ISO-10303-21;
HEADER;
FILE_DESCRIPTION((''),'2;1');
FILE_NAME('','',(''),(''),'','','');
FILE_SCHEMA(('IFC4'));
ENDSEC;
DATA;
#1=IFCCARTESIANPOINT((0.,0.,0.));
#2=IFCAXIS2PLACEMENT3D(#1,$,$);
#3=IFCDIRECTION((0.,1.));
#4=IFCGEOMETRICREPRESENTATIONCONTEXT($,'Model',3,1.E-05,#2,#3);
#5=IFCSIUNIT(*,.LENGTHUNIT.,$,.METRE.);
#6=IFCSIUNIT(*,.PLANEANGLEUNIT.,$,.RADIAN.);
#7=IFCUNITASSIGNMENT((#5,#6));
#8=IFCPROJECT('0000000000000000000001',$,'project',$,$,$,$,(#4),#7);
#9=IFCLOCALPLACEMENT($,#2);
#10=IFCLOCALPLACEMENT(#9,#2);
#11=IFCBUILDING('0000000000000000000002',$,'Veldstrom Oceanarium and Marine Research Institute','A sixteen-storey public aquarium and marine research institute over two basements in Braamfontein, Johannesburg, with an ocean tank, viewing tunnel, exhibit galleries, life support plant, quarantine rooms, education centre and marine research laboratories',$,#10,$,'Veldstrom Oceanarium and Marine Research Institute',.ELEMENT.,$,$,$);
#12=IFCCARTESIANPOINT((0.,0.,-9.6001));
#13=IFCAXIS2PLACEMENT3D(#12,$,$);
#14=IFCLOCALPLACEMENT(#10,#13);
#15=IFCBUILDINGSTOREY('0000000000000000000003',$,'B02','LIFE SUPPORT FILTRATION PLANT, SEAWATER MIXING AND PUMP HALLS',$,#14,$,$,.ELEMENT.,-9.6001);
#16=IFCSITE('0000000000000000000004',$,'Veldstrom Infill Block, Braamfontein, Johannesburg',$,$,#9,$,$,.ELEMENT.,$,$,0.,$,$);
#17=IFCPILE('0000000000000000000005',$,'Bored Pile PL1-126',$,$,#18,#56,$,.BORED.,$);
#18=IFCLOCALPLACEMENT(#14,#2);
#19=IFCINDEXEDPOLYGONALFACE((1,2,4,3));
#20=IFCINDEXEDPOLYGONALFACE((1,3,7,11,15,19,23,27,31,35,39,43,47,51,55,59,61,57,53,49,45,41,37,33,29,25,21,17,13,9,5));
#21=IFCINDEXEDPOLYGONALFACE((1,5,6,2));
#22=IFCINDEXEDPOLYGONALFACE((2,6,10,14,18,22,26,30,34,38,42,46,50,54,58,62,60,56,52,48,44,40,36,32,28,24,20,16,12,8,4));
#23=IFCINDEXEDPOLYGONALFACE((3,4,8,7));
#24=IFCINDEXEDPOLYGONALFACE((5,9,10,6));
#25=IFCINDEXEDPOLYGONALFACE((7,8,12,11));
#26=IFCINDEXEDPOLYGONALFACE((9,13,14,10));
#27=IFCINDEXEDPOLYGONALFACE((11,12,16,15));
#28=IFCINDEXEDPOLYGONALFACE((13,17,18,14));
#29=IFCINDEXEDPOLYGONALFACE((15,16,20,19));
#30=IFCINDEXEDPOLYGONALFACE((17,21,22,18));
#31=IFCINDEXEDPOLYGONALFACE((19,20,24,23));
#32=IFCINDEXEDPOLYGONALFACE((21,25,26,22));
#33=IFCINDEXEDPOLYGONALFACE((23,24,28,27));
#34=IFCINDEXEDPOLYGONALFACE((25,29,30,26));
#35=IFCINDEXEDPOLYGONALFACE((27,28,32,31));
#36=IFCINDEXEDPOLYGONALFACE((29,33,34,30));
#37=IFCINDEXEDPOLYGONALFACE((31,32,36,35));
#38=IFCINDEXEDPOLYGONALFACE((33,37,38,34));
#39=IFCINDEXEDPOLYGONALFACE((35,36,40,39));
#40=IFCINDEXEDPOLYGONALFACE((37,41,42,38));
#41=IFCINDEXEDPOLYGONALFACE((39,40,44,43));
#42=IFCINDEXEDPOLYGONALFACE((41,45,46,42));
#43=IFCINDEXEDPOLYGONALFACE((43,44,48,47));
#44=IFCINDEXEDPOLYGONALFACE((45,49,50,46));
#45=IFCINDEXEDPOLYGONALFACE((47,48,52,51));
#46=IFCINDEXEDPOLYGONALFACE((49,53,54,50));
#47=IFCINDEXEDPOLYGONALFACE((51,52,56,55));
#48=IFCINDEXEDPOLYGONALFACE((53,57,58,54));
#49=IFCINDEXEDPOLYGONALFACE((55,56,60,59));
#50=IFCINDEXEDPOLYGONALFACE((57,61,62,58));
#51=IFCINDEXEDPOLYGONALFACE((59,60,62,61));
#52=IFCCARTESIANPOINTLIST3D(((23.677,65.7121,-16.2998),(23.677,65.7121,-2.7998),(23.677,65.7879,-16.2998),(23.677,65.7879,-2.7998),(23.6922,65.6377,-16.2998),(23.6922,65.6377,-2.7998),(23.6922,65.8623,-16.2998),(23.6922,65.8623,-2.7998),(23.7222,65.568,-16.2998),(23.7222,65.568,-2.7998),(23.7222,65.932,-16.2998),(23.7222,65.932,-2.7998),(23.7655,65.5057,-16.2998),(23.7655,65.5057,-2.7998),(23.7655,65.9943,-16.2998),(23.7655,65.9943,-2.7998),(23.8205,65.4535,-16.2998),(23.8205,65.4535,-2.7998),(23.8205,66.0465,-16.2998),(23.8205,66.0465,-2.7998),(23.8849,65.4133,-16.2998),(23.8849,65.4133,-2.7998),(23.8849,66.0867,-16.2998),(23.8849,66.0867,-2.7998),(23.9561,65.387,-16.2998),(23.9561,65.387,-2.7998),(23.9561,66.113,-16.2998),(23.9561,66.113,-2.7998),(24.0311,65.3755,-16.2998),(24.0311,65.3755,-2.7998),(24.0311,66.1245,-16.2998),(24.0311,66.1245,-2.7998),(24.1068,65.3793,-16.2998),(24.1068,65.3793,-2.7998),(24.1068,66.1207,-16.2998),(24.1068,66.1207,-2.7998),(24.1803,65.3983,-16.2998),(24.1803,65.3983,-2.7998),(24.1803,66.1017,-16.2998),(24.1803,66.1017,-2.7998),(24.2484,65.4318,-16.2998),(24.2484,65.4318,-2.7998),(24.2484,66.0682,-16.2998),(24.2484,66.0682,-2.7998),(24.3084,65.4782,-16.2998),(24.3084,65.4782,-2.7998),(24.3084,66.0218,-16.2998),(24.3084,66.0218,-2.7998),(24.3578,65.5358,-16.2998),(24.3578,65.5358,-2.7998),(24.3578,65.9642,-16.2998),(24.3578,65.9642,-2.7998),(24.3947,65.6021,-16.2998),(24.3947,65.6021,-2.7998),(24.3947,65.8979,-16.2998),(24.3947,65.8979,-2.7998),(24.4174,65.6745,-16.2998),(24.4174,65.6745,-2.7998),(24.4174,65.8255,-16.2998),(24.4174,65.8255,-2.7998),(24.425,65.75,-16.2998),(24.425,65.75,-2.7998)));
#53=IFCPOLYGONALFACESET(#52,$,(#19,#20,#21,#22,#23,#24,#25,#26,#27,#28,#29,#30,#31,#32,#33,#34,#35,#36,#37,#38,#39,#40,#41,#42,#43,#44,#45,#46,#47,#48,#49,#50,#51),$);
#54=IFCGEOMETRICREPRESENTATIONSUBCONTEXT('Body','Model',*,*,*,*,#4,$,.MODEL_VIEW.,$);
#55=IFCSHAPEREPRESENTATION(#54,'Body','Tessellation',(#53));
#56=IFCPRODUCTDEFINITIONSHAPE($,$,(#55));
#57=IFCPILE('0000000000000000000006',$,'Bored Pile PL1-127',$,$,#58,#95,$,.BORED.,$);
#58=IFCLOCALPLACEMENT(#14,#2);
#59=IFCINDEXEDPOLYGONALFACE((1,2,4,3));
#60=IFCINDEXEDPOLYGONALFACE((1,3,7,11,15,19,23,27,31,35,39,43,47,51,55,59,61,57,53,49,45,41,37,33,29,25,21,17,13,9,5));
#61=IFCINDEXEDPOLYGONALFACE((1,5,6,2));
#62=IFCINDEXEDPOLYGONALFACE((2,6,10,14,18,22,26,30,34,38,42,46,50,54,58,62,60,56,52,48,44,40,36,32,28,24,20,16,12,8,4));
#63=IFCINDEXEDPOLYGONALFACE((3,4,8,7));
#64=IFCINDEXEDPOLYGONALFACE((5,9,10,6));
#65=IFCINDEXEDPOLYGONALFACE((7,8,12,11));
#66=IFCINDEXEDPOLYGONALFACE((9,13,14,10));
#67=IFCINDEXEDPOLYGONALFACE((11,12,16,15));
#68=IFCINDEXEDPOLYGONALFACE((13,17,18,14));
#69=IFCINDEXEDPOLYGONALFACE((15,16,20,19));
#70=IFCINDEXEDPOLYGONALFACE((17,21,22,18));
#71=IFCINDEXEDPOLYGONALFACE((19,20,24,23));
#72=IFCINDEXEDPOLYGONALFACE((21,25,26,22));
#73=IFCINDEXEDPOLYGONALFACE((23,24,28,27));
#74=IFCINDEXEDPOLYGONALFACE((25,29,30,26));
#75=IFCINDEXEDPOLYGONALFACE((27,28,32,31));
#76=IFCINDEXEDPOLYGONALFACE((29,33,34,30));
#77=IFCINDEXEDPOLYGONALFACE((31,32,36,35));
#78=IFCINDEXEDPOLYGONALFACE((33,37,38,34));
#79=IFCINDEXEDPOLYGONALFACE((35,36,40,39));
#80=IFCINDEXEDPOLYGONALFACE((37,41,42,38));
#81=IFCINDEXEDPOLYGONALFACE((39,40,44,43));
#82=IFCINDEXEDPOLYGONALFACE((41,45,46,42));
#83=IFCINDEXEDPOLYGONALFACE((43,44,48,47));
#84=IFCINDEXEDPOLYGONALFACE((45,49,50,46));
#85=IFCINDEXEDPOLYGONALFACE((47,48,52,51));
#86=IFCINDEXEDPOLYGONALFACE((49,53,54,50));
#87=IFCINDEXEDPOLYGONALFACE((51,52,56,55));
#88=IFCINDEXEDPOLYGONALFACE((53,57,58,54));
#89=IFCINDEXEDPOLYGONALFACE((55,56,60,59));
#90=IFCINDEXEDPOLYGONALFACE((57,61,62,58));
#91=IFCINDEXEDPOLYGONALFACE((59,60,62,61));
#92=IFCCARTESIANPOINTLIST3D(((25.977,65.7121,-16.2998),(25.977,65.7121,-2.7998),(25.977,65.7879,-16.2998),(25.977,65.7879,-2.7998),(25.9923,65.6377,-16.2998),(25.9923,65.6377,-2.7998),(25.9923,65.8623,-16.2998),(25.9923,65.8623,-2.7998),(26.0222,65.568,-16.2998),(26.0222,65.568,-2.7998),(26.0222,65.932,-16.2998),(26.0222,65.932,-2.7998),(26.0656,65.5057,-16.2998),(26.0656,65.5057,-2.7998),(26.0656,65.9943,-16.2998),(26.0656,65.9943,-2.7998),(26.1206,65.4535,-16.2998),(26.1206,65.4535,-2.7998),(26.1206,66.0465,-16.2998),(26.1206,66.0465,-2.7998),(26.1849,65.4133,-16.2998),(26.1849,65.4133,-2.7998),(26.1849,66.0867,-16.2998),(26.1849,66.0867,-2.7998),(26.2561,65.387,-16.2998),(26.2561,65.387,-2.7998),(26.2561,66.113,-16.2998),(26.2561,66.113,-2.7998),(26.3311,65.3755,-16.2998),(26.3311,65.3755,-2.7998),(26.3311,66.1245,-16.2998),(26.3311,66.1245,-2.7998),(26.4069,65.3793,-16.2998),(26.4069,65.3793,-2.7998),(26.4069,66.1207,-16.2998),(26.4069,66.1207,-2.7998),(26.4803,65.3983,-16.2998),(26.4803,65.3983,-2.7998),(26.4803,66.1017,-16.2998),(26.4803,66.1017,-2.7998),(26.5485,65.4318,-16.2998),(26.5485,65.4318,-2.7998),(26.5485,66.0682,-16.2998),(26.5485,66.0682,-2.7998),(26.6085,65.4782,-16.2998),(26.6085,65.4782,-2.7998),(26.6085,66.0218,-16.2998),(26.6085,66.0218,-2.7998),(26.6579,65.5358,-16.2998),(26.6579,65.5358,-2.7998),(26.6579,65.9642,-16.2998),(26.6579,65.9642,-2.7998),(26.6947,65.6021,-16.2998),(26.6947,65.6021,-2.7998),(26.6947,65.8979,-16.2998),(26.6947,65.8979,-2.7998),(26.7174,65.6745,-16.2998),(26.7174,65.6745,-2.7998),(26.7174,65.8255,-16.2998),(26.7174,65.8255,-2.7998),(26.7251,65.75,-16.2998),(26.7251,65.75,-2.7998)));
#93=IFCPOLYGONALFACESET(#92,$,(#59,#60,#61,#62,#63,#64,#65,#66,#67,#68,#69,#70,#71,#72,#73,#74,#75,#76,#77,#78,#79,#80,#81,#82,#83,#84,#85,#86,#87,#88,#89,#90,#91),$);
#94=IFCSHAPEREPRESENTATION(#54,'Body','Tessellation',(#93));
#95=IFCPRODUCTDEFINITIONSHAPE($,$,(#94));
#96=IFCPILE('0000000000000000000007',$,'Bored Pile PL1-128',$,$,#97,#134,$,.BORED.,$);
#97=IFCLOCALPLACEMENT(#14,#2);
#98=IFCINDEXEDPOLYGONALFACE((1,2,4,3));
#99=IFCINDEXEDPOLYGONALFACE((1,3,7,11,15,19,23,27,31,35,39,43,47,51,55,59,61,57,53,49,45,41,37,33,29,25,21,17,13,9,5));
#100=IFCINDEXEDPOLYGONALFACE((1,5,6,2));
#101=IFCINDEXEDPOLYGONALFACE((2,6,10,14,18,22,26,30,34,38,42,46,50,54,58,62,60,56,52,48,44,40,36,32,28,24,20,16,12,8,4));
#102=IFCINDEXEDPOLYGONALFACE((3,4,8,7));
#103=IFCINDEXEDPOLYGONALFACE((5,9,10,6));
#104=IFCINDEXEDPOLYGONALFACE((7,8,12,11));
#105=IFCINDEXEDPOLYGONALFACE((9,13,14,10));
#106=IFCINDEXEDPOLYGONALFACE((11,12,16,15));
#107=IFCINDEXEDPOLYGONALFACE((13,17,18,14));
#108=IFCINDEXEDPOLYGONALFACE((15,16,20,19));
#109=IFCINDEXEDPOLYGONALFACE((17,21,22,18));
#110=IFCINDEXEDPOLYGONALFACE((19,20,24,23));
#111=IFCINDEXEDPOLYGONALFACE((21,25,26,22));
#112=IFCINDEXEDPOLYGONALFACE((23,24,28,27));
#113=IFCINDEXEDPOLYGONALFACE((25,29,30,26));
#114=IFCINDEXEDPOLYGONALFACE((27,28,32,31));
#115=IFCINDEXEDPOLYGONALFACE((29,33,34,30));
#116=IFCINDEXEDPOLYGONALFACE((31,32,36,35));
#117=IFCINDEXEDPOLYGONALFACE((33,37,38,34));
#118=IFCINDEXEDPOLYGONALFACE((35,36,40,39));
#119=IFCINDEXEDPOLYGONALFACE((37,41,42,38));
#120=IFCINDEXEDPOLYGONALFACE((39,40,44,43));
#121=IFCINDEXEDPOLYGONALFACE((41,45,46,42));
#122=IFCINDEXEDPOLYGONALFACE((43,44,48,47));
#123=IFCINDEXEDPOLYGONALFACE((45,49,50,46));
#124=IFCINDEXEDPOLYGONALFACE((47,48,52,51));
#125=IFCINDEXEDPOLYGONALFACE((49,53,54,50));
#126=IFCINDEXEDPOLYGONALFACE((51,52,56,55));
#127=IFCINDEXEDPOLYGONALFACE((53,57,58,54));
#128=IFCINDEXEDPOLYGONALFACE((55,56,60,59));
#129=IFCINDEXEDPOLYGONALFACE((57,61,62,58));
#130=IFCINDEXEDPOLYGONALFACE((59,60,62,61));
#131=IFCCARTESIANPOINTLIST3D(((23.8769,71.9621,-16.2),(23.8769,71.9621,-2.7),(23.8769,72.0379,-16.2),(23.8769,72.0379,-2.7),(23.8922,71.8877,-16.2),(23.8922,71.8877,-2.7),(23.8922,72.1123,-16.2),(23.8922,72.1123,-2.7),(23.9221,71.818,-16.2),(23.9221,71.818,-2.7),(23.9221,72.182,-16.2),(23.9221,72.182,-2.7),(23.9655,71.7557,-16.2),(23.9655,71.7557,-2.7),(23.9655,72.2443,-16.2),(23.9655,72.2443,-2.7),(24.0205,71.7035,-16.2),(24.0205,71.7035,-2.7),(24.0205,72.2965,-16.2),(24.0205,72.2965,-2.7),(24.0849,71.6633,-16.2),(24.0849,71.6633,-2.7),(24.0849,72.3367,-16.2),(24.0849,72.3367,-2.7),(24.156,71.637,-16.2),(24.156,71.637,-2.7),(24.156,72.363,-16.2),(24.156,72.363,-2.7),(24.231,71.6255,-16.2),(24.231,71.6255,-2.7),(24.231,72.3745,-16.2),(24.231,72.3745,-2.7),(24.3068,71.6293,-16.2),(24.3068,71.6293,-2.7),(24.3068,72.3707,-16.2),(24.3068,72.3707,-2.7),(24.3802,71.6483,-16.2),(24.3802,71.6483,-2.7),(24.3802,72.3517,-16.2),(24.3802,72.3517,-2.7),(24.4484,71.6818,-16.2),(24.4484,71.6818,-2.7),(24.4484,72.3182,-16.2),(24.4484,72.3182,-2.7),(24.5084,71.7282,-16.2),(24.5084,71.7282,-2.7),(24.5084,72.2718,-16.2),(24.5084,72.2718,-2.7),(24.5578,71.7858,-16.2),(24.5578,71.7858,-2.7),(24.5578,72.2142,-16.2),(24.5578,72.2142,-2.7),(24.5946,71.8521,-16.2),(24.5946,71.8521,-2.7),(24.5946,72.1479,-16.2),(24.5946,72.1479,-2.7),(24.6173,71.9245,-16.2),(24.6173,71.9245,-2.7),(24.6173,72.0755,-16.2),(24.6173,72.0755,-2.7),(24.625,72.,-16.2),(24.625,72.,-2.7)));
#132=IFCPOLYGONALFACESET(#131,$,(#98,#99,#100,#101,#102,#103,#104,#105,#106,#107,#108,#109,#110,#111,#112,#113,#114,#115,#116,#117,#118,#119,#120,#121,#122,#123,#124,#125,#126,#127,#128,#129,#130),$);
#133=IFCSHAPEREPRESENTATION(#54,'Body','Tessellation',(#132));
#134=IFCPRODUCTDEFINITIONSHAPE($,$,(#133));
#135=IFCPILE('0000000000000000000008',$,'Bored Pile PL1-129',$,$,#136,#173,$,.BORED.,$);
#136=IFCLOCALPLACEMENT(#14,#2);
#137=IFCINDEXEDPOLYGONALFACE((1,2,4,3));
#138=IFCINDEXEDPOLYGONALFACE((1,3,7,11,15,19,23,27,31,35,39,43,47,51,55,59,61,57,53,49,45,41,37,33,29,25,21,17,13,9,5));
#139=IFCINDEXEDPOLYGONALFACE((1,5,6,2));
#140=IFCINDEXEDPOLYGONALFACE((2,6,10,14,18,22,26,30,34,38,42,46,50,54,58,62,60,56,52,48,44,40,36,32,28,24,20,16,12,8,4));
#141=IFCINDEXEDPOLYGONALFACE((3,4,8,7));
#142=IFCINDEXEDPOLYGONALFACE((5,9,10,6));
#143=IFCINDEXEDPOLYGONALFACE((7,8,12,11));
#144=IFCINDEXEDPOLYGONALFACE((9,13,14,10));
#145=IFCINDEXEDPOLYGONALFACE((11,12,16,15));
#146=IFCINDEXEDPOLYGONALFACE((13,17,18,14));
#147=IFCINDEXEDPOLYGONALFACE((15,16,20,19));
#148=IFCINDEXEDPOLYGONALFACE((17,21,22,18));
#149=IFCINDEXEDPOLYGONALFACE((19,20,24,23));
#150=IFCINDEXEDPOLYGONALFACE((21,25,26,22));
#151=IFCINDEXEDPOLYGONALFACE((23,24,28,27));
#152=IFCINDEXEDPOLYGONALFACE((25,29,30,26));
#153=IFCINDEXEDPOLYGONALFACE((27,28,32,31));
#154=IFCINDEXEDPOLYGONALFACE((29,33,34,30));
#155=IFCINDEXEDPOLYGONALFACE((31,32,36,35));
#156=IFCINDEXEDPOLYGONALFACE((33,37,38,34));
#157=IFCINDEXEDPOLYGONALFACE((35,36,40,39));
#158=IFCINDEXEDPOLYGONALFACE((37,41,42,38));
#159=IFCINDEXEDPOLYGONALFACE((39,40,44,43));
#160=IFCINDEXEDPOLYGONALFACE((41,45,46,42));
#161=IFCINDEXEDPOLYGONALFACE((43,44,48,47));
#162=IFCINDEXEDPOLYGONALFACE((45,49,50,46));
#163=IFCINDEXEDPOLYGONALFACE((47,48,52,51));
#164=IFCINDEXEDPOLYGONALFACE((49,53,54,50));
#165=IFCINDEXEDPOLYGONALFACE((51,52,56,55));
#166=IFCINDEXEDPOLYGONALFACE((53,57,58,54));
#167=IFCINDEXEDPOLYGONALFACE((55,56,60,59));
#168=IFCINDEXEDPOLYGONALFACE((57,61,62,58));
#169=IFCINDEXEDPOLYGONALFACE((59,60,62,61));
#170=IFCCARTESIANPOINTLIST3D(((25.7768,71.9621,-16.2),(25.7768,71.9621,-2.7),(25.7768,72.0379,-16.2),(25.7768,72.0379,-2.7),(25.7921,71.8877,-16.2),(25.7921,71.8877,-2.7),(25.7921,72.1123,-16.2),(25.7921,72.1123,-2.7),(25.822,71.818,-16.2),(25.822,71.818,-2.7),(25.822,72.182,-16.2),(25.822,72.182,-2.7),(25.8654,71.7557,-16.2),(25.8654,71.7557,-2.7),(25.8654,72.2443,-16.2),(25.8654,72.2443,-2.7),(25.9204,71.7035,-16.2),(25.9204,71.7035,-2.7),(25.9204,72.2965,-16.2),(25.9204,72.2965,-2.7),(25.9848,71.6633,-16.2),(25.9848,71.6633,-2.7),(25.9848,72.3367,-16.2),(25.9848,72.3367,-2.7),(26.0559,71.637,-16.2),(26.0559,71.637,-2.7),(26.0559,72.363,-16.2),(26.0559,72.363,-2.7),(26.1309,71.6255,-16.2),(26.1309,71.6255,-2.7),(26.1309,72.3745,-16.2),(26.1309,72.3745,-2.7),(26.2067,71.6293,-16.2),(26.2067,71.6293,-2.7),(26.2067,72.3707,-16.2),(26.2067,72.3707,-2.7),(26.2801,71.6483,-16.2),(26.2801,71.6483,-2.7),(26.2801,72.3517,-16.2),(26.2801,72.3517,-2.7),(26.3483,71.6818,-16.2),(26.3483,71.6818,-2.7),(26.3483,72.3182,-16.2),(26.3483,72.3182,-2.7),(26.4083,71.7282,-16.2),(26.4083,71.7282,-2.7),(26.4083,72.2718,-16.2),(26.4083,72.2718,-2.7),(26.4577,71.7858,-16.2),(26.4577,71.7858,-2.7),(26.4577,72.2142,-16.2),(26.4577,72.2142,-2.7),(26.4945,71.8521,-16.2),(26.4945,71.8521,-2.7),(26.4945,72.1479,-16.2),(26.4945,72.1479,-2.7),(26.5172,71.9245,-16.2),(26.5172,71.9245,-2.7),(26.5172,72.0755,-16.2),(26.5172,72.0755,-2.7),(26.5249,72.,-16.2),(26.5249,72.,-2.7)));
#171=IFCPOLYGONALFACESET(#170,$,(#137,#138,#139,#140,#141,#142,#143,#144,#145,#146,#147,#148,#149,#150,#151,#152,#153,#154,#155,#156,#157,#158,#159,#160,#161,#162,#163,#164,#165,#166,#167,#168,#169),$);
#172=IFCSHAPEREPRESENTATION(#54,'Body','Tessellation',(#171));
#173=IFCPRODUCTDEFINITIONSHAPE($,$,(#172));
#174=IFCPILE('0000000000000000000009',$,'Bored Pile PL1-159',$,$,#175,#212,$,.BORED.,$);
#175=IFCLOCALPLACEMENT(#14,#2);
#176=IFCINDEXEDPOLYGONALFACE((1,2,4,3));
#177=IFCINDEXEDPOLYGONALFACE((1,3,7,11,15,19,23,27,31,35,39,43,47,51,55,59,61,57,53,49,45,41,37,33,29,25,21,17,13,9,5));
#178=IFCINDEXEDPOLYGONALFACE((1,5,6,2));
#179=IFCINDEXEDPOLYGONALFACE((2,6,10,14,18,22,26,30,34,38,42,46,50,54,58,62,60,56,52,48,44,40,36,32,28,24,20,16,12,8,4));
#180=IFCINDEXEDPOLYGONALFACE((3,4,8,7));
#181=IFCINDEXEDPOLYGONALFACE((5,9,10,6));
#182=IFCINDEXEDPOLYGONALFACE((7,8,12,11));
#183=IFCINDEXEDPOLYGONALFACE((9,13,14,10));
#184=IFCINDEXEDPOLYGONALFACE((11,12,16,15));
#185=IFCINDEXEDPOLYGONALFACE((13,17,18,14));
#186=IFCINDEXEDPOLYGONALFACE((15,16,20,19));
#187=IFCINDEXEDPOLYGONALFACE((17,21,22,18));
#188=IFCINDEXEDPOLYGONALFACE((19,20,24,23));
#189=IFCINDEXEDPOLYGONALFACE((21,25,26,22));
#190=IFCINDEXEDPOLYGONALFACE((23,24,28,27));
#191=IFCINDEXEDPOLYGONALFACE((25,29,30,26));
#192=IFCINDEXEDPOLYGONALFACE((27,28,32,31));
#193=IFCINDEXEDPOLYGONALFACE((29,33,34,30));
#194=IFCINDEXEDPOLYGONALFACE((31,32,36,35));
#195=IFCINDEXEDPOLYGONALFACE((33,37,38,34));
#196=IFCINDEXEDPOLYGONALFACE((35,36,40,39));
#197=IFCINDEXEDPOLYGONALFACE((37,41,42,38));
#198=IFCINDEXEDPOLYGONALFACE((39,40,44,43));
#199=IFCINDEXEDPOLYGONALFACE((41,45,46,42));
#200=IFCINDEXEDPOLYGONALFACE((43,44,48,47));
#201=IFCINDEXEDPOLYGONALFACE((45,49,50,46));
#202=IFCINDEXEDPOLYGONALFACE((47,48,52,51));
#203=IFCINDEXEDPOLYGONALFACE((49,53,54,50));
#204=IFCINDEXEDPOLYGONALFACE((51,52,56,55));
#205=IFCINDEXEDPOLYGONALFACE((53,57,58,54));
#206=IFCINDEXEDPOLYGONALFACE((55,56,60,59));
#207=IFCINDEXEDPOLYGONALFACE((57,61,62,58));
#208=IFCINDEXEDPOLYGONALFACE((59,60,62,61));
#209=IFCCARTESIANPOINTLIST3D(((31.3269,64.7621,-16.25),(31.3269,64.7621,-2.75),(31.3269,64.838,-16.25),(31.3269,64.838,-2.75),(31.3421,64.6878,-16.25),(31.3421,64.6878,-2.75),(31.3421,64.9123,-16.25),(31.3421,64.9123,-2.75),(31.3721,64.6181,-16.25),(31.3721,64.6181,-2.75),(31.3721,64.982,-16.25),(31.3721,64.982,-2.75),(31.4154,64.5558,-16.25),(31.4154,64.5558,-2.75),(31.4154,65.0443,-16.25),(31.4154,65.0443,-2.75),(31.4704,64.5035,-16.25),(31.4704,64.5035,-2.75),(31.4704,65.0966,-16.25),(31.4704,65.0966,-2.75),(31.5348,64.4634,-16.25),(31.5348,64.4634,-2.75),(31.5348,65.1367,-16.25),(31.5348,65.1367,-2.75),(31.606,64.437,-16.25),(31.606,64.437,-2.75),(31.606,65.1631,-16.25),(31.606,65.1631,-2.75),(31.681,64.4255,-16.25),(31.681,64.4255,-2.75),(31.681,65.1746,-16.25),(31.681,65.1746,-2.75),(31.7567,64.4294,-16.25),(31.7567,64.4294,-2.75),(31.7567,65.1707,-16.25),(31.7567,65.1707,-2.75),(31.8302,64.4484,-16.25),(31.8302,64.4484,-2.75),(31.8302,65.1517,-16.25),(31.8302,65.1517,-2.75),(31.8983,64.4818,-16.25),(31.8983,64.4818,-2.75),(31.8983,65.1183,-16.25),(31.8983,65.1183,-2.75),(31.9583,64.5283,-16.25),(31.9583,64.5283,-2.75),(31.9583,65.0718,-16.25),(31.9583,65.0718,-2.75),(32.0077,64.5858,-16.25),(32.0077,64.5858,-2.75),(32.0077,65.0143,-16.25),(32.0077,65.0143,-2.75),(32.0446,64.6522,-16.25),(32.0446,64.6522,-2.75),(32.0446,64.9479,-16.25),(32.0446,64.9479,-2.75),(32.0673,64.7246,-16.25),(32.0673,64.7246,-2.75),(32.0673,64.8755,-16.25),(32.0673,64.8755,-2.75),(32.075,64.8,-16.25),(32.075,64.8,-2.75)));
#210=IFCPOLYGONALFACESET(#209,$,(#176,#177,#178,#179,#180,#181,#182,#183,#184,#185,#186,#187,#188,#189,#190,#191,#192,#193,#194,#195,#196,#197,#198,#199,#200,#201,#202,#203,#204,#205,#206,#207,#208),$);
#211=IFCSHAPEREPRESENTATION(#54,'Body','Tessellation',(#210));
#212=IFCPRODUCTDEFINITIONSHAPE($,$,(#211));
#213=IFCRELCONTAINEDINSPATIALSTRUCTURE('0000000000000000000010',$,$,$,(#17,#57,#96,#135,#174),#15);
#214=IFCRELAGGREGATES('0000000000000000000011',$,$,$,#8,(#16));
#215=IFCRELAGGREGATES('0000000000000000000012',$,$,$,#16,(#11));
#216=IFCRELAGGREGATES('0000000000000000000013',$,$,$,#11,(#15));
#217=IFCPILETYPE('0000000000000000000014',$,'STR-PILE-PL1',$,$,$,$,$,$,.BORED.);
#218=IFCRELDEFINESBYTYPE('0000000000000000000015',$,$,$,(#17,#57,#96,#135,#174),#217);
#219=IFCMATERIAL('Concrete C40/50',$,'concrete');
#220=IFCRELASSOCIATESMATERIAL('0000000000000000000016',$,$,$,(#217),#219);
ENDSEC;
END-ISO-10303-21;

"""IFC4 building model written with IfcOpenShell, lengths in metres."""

from ifc_helpers import new_model, si_unit, direction, frame, origin, origin_2d, place, context, subcontext, project, spatial, circle, extrude, material, material_profile, profile_set, type_object, element, save


model = new_model("IFC4")

# Units and contexts
model_context = context("Model", 3, precision=1e-05, world=origin(), true_north=direction((0.0, 1.0)))
body_context = subcontext(model_context, "Body", "Model", "MODEL_VIEW")
ifc_project = project(units=[si_unit("LENGTHUNIT", "METRE"), si_unit("PLANEANGLEUNIT", "RADIAN")], contexts=[model_context])

# Site, building, storey
site_placement = place(None, origin())
site = spatial("IfcSite", under=ifc_project, at=site_placement, Name="Veldstrom Infill Block, Braamfontein, Johannesburg", CompositionType="ELEMENT", RefElevation=0.0)
building_placement = place(site_placement, origin())
building = spatial("IfcBuilding", under=site, at=building_placement, Name="Veldstrom Oceanarium and Marine Research Institute", Description="A sixteen-storey public aquarium and marine research institute over two basements in Braamfontein, Johannesburg, with an ocean tank, viewing tunnel, exhibit galleries, life support plant, quarantine rooms, education centre and marine research laboratories", LongName="Veldstrom Oceanarium and Marine Research Institute", CompositionType="ELEMENT")
storey_placement = place(building_placement, frame((0.0, 0.0, -9.6001)))
storey = spatial("IfcBuildingStorey", under=building, at=storey_placement, Name="B02", Description="LIFE SUPPORT FILTRATION PLANT, SEAWATER MIXING AND PUMP HALLS", CompositionType="ELEMENT", Elevation=-9.6001)

# Piles
ifc_material_1 = material(Name="Concrete C40/50", Category="concrete")
ifc_material_profile_1 = material_profile(ifc_material_1, circle(Radius=0.375, at=origin_2d()), Name="PILE-D750")
ifc_profile_set_1 = profile_set([ifc_material_profile_1], Name="Concrete C40/50")
pile_type = type_object("IfcPileType", Name="STR-PILE-PL1", PredefinedType="BORED", material=ifc_profile_set_1)
for number, where, z_axis, x_axis, name in (
    (1, (24.05, 65.75, -2.7998), (0.0, 0.0, -1.0), (1.0, 0.0, 0.0), "Bored Pile PL1-126"),
    (2, (26.3501, 65.75, -2.7998), (0.0, 0.0, -1.0), (1.0, 0.0, 0.0), "Bored Pile PL1-127"),
    (3, (24.25, 72.0, -2.7), (0.0, 0.0, -1.0), (1.0, 0.0, 0.0), "Bored Pile PL1-128"),
    (4, (26.1499, 72.0, -2.7), (0.0, 0.0, -1.0), (1.0, 0.0, 0.0), "Bored Pile PL1-129"),
    (5, (31.7, 64.8, -2.75), (0.0, 0.0, -1.0), (1.0, 0.0, 0.0), "Bored Pile PL1-159"),
):
    element("IfcPile", number, at=place(storey_placement, frame(where, z_axis=z_axis, x_axis=x_axis)), inside=storey, type_object=pile_type, Name=name, PredefinedType="BORED", context=body_context, shape_type="SweptSolid", body=[
        extrude(circle(Radius=0.375, at=origin_2d()), origin(), (0.0, 0.0, 1.0), 13.5),
    ])

save(model, "model.ifc")
